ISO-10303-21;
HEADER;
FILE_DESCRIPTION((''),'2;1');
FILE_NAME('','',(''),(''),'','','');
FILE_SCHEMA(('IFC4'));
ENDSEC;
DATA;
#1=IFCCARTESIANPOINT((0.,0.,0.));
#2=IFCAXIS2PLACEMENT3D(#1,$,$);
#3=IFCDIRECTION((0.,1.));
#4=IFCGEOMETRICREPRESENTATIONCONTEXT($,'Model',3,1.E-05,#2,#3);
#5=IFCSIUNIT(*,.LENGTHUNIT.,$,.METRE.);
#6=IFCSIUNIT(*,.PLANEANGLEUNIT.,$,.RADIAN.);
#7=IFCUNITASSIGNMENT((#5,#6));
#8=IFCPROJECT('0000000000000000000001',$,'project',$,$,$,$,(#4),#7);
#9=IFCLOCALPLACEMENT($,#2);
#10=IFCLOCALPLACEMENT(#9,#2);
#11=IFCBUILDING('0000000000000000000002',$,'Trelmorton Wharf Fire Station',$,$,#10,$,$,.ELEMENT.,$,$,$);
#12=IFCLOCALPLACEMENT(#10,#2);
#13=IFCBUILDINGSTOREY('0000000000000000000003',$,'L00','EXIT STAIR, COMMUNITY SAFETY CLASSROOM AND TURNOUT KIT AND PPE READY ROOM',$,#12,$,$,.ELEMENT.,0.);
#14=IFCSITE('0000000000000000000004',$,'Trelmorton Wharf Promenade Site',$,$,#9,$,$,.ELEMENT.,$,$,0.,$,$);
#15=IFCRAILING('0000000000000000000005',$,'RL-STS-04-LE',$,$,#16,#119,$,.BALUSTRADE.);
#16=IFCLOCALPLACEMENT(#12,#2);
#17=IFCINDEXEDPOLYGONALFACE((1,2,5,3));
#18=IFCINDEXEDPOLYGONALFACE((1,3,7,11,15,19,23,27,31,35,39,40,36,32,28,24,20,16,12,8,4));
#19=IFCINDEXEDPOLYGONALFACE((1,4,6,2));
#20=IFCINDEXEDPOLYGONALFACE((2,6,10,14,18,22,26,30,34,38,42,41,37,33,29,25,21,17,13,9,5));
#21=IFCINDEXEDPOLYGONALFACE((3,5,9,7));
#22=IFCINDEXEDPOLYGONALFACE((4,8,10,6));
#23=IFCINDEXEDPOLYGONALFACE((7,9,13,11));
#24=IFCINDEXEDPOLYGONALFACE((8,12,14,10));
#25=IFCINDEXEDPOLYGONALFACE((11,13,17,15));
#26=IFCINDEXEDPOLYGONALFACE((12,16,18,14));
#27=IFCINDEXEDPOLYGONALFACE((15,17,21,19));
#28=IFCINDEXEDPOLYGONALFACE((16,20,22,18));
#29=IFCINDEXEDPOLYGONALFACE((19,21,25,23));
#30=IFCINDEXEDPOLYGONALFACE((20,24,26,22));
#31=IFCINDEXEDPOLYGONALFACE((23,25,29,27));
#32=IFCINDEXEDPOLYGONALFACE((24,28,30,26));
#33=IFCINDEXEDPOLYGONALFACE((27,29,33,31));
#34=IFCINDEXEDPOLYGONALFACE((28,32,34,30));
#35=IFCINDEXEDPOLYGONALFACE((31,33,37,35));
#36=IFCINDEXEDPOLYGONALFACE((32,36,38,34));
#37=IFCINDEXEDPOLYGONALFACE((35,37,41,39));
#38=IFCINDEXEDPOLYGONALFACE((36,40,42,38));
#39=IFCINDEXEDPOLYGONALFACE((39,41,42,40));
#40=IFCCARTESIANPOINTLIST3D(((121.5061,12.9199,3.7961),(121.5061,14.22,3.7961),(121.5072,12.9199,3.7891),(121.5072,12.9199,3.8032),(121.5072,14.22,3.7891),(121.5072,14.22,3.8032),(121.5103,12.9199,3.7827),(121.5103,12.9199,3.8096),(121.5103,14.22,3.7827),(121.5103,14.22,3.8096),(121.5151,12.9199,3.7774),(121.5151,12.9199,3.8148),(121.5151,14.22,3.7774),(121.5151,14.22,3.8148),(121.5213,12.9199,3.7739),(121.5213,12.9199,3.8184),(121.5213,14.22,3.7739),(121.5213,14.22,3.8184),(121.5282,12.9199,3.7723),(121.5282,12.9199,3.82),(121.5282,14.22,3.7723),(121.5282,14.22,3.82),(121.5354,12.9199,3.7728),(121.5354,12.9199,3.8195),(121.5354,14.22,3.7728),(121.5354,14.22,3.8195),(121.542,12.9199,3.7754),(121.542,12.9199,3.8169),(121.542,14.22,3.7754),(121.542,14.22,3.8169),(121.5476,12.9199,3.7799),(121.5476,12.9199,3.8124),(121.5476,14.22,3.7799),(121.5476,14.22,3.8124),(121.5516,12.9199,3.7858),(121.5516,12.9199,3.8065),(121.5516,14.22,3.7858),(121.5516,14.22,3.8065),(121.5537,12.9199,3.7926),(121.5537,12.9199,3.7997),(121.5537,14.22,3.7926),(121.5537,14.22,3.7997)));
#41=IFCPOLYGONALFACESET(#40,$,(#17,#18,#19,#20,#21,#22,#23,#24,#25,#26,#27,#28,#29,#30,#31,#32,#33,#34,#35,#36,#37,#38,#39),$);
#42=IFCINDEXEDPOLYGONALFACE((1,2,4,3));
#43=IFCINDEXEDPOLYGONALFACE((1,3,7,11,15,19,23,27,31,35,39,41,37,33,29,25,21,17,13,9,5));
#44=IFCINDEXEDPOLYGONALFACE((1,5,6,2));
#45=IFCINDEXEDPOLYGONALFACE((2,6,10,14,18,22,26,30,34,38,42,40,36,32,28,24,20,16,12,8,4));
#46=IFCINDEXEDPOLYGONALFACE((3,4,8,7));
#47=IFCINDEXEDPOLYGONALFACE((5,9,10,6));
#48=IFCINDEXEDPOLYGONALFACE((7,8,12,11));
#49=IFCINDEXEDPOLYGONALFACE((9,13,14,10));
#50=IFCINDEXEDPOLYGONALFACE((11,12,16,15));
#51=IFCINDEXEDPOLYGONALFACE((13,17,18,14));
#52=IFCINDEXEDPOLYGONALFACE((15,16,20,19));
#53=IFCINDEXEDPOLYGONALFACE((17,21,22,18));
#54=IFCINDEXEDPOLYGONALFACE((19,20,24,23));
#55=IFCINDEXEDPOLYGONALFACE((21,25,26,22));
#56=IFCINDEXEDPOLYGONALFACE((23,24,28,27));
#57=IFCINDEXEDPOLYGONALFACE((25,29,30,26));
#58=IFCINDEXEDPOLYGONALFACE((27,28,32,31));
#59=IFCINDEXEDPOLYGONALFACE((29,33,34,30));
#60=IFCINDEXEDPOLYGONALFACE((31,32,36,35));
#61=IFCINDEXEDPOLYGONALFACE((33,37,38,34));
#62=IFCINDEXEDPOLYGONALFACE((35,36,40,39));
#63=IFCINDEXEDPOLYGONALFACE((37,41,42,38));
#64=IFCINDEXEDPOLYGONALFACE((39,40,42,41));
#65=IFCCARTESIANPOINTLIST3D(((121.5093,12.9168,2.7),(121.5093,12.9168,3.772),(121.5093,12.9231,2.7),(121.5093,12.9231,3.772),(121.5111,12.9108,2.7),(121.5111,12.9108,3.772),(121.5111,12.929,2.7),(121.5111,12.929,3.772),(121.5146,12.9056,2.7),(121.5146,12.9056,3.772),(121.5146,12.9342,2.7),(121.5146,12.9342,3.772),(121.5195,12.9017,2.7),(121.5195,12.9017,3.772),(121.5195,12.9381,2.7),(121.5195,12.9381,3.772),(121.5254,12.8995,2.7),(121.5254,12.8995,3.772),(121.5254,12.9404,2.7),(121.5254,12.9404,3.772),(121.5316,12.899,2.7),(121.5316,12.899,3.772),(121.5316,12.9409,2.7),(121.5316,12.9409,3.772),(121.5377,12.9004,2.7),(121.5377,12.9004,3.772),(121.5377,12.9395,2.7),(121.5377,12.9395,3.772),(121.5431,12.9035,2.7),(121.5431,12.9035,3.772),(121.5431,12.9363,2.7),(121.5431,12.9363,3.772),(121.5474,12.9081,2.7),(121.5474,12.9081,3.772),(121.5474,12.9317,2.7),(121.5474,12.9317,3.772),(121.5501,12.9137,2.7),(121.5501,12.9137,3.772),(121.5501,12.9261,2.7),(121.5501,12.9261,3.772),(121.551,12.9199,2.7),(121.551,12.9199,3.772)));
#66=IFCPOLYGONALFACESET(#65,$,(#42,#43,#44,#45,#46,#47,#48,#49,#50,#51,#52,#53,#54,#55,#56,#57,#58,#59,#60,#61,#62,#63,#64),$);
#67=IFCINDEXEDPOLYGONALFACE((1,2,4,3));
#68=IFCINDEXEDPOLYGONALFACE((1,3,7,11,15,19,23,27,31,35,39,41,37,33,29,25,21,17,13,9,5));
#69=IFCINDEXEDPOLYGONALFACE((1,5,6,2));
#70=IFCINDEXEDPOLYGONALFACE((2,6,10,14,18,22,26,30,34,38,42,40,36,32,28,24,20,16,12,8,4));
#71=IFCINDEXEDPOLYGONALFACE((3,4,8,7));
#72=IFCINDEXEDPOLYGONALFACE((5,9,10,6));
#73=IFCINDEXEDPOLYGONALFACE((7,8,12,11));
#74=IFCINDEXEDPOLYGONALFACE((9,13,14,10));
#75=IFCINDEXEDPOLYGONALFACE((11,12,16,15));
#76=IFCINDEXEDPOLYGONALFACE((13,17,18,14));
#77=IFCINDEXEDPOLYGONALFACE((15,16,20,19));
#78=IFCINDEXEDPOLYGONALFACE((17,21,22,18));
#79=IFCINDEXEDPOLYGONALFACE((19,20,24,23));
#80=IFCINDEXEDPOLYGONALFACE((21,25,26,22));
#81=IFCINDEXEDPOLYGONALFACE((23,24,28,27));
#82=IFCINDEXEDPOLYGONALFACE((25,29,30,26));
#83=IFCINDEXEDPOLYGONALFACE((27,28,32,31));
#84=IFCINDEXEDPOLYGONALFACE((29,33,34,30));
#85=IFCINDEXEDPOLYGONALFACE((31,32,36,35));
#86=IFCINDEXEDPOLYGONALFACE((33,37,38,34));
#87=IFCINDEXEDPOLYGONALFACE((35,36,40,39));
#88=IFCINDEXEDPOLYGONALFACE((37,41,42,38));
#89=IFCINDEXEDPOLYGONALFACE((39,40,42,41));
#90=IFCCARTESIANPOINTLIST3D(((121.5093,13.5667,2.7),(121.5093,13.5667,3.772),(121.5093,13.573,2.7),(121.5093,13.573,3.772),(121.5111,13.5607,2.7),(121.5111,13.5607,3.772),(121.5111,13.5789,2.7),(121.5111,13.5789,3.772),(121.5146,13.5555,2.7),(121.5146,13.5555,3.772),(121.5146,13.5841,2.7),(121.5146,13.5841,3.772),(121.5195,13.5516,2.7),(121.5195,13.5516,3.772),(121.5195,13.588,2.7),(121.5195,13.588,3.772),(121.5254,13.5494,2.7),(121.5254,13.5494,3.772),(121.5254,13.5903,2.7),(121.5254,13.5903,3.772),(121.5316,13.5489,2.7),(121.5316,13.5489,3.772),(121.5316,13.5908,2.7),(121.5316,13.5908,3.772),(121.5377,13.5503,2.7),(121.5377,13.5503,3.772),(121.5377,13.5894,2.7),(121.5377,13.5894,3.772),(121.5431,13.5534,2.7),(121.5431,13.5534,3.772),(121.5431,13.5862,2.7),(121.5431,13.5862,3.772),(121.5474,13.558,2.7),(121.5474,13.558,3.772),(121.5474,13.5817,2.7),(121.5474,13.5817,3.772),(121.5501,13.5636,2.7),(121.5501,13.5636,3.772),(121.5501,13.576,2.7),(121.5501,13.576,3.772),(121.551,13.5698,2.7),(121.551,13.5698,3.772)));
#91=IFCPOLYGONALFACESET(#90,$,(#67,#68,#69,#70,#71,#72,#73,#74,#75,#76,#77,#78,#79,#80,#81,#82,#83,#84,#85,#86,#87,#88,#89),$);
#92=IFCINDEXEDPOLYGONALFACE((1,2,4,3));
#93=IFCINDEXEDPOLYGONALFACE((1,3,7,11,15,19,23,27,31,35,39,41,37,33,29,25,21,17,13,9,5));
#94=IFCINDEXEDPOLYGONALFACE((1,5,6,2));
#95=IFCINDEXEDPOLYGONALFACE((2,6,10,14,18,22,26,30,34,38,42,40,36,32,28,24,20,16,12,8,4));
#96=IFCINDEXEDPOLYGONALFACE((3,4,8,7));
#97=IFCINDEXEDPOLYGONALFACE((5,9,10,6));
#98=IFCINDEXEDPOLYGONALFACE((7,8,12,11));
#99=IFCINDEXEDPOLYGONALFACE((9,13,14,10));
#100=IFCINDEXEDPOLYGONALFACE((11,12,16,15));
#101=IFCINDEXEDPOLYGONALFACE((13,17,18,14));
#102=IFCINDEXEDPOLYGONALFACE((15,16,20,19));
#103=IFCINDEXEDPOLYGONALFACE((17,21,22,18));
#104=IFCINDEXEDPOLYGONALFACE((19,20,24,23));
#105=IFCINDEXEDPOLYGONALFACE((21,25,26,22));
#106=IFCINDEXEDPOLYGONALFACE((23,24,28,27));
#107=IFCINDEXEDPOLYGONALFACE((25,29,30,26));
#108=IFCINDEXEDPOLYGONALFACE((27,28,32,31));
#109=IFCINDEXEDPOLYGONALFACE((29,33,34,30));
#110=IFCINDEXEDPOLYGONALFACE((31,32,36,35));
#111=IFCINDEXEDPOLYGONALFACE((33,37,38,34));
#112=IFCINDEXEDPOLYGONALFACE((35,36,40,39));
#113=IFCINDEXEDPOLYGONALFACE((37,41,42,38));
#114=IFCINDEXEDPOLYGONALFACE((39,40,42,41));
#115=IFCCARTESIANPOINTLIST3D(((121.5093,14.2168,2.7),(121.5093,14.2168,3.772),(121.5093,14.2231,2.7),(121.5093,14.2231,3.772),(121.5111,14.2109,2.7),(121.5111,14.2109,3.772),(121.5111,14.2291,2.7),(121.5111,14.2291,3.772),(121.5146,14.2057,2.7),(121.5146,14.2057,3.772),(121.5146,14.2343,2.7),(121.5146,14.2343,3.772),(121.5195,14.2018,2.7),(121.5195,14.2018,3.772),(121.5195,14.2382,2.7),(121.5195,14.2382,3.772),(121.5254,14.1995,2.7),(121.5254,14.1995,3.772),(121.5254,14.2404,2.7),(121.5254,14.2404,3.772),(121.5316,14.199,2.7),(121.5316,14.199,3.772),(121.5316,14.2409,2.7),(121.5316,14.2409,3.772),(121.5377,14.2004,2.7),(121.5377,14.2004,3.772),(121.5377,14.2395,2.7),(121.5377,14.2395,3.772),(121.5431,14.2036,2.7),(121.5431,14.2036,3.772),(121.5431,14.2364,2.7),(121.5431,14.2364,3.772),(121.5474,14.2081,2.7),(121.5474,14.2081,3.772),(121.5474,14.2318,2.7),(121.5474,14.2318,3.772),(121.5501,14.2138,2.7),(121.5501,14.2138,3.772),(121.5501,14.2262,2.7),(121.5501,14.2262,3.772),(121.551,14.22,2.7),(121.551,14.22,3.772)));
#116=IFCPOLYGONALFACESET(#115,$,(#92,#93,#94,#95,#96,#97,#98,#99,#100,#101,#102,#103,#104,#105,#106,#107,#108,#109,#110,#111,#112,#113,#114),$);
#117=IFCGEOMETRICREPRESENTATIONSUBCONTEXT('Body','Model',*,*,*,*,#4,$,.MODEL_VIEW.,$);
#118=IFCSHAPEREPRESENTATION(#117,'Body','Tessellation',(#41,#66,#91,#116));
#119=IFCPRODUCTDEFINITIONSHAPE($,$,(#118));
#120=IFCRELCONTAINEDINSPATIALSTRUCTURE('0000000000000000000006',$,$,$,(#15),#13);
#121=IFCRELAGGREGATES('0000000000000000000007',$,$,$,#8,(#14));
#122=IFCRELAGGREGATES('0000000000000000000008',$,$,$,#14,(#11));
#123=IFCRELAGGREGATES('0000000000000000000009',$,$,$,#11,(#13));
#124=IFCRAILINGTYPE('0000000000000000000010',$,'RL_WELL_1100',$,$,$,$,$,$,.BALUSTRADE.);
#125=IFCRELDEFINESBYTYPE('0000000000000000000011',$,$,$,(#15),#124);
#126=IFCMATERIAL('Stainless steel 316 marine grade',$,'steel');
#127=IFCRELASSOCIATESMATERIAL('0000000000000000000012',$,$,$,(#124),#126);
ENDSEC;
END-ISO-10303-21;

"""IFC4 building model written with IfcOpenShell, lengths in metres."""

from ifc_helpers import new_model, si_unit, direction, frame, origin, origin_2d, place, context, subcontext, project, spatial, circle, extrude, material, type_object, element, save


model = new_model("IFC4")

# Units and contexts
model_context = context("Model", 3, precision=1e-05, world=origin(), true_north=direction((0.0, 1.0)))
body_context = subcontext(model_context, "Body", "Model", "MODEL_VIEW")
ifc_project = project(units=[si_unit("LENGTHUNIT", "METRE"), si_unit("PLANEANGLEUNIT", "RADIAN")], contexts=[model_context])

# Site, building, storey
site_placement = place(None, origin())
site = spatial("IfcSite", under=ifc_project, at=site_placement, Name="Trelmorton Wharf Promenade Site", CompositionType="ELEMENT", RefElevation=0.0)
building_placement = place(site_placement, origin())
building = spatial("IfcBuilding", under=site, at=building_placement, Name="Trelmorton Wharf Fire Station", CompositionType="ELEMENT")
storey_placement = place(building_placement, origin())
storey = spatial("IfcBuildingStorey", under=building, at=storey_placement, Name="L00", Description="EXIT STAIR, COMMUNITY SAFETY CLASSROOM AND TURNOUT KIT AND PPE READY ROOM", CompositionType="ELEMENT", Elevation=0.0)

# Railing
ifc_material_1 = material(Name="Stainless steel 316 marine grade", Category="steel")
railing_type = type_object("IfcRailingType", Name="RL_WELL_1100", PredefinedType="BALUSTRADE", material=ifc_material_1)
railing_placement = place(storey_placement, frame((121.53, 12.9199, 2.7)))
element("IfcRailing", 1, at=railing_placement, inside=storey, type_object=railing_type, Name="RL-STS-04-LE", PredefinedType="BALUSTRADE", context=body_context, shape_type="SweptSolid", body=[
    extrude(circle(Radius=0.0239, at=origin_2d()), frame((0.0, 0.0, 1.0962), z_axis=(0.0, 1.0, 0.0), x_axis=(-1.0, 0.0, 0.0)), (0.0, 0.0, 1.0), 1.3),
    extrude(circle(Radius=0.021, at=origin_2d()), origin(), (0.0, 0.0, 1.0), 1.072),
    extrude(circle(Radius=0.021, at=origin_2d()), frame((0.0, 0.6499, 0.0)), (0.0, 0.0, 1.0), 1.072),
    extrude(circle(Radius=0.021, at=origin_2d()), frame((0.0, 1.3, 0.0)), (0.0, 0.0, 1.0), 1.072),
])

save(model, "model.ifc")
